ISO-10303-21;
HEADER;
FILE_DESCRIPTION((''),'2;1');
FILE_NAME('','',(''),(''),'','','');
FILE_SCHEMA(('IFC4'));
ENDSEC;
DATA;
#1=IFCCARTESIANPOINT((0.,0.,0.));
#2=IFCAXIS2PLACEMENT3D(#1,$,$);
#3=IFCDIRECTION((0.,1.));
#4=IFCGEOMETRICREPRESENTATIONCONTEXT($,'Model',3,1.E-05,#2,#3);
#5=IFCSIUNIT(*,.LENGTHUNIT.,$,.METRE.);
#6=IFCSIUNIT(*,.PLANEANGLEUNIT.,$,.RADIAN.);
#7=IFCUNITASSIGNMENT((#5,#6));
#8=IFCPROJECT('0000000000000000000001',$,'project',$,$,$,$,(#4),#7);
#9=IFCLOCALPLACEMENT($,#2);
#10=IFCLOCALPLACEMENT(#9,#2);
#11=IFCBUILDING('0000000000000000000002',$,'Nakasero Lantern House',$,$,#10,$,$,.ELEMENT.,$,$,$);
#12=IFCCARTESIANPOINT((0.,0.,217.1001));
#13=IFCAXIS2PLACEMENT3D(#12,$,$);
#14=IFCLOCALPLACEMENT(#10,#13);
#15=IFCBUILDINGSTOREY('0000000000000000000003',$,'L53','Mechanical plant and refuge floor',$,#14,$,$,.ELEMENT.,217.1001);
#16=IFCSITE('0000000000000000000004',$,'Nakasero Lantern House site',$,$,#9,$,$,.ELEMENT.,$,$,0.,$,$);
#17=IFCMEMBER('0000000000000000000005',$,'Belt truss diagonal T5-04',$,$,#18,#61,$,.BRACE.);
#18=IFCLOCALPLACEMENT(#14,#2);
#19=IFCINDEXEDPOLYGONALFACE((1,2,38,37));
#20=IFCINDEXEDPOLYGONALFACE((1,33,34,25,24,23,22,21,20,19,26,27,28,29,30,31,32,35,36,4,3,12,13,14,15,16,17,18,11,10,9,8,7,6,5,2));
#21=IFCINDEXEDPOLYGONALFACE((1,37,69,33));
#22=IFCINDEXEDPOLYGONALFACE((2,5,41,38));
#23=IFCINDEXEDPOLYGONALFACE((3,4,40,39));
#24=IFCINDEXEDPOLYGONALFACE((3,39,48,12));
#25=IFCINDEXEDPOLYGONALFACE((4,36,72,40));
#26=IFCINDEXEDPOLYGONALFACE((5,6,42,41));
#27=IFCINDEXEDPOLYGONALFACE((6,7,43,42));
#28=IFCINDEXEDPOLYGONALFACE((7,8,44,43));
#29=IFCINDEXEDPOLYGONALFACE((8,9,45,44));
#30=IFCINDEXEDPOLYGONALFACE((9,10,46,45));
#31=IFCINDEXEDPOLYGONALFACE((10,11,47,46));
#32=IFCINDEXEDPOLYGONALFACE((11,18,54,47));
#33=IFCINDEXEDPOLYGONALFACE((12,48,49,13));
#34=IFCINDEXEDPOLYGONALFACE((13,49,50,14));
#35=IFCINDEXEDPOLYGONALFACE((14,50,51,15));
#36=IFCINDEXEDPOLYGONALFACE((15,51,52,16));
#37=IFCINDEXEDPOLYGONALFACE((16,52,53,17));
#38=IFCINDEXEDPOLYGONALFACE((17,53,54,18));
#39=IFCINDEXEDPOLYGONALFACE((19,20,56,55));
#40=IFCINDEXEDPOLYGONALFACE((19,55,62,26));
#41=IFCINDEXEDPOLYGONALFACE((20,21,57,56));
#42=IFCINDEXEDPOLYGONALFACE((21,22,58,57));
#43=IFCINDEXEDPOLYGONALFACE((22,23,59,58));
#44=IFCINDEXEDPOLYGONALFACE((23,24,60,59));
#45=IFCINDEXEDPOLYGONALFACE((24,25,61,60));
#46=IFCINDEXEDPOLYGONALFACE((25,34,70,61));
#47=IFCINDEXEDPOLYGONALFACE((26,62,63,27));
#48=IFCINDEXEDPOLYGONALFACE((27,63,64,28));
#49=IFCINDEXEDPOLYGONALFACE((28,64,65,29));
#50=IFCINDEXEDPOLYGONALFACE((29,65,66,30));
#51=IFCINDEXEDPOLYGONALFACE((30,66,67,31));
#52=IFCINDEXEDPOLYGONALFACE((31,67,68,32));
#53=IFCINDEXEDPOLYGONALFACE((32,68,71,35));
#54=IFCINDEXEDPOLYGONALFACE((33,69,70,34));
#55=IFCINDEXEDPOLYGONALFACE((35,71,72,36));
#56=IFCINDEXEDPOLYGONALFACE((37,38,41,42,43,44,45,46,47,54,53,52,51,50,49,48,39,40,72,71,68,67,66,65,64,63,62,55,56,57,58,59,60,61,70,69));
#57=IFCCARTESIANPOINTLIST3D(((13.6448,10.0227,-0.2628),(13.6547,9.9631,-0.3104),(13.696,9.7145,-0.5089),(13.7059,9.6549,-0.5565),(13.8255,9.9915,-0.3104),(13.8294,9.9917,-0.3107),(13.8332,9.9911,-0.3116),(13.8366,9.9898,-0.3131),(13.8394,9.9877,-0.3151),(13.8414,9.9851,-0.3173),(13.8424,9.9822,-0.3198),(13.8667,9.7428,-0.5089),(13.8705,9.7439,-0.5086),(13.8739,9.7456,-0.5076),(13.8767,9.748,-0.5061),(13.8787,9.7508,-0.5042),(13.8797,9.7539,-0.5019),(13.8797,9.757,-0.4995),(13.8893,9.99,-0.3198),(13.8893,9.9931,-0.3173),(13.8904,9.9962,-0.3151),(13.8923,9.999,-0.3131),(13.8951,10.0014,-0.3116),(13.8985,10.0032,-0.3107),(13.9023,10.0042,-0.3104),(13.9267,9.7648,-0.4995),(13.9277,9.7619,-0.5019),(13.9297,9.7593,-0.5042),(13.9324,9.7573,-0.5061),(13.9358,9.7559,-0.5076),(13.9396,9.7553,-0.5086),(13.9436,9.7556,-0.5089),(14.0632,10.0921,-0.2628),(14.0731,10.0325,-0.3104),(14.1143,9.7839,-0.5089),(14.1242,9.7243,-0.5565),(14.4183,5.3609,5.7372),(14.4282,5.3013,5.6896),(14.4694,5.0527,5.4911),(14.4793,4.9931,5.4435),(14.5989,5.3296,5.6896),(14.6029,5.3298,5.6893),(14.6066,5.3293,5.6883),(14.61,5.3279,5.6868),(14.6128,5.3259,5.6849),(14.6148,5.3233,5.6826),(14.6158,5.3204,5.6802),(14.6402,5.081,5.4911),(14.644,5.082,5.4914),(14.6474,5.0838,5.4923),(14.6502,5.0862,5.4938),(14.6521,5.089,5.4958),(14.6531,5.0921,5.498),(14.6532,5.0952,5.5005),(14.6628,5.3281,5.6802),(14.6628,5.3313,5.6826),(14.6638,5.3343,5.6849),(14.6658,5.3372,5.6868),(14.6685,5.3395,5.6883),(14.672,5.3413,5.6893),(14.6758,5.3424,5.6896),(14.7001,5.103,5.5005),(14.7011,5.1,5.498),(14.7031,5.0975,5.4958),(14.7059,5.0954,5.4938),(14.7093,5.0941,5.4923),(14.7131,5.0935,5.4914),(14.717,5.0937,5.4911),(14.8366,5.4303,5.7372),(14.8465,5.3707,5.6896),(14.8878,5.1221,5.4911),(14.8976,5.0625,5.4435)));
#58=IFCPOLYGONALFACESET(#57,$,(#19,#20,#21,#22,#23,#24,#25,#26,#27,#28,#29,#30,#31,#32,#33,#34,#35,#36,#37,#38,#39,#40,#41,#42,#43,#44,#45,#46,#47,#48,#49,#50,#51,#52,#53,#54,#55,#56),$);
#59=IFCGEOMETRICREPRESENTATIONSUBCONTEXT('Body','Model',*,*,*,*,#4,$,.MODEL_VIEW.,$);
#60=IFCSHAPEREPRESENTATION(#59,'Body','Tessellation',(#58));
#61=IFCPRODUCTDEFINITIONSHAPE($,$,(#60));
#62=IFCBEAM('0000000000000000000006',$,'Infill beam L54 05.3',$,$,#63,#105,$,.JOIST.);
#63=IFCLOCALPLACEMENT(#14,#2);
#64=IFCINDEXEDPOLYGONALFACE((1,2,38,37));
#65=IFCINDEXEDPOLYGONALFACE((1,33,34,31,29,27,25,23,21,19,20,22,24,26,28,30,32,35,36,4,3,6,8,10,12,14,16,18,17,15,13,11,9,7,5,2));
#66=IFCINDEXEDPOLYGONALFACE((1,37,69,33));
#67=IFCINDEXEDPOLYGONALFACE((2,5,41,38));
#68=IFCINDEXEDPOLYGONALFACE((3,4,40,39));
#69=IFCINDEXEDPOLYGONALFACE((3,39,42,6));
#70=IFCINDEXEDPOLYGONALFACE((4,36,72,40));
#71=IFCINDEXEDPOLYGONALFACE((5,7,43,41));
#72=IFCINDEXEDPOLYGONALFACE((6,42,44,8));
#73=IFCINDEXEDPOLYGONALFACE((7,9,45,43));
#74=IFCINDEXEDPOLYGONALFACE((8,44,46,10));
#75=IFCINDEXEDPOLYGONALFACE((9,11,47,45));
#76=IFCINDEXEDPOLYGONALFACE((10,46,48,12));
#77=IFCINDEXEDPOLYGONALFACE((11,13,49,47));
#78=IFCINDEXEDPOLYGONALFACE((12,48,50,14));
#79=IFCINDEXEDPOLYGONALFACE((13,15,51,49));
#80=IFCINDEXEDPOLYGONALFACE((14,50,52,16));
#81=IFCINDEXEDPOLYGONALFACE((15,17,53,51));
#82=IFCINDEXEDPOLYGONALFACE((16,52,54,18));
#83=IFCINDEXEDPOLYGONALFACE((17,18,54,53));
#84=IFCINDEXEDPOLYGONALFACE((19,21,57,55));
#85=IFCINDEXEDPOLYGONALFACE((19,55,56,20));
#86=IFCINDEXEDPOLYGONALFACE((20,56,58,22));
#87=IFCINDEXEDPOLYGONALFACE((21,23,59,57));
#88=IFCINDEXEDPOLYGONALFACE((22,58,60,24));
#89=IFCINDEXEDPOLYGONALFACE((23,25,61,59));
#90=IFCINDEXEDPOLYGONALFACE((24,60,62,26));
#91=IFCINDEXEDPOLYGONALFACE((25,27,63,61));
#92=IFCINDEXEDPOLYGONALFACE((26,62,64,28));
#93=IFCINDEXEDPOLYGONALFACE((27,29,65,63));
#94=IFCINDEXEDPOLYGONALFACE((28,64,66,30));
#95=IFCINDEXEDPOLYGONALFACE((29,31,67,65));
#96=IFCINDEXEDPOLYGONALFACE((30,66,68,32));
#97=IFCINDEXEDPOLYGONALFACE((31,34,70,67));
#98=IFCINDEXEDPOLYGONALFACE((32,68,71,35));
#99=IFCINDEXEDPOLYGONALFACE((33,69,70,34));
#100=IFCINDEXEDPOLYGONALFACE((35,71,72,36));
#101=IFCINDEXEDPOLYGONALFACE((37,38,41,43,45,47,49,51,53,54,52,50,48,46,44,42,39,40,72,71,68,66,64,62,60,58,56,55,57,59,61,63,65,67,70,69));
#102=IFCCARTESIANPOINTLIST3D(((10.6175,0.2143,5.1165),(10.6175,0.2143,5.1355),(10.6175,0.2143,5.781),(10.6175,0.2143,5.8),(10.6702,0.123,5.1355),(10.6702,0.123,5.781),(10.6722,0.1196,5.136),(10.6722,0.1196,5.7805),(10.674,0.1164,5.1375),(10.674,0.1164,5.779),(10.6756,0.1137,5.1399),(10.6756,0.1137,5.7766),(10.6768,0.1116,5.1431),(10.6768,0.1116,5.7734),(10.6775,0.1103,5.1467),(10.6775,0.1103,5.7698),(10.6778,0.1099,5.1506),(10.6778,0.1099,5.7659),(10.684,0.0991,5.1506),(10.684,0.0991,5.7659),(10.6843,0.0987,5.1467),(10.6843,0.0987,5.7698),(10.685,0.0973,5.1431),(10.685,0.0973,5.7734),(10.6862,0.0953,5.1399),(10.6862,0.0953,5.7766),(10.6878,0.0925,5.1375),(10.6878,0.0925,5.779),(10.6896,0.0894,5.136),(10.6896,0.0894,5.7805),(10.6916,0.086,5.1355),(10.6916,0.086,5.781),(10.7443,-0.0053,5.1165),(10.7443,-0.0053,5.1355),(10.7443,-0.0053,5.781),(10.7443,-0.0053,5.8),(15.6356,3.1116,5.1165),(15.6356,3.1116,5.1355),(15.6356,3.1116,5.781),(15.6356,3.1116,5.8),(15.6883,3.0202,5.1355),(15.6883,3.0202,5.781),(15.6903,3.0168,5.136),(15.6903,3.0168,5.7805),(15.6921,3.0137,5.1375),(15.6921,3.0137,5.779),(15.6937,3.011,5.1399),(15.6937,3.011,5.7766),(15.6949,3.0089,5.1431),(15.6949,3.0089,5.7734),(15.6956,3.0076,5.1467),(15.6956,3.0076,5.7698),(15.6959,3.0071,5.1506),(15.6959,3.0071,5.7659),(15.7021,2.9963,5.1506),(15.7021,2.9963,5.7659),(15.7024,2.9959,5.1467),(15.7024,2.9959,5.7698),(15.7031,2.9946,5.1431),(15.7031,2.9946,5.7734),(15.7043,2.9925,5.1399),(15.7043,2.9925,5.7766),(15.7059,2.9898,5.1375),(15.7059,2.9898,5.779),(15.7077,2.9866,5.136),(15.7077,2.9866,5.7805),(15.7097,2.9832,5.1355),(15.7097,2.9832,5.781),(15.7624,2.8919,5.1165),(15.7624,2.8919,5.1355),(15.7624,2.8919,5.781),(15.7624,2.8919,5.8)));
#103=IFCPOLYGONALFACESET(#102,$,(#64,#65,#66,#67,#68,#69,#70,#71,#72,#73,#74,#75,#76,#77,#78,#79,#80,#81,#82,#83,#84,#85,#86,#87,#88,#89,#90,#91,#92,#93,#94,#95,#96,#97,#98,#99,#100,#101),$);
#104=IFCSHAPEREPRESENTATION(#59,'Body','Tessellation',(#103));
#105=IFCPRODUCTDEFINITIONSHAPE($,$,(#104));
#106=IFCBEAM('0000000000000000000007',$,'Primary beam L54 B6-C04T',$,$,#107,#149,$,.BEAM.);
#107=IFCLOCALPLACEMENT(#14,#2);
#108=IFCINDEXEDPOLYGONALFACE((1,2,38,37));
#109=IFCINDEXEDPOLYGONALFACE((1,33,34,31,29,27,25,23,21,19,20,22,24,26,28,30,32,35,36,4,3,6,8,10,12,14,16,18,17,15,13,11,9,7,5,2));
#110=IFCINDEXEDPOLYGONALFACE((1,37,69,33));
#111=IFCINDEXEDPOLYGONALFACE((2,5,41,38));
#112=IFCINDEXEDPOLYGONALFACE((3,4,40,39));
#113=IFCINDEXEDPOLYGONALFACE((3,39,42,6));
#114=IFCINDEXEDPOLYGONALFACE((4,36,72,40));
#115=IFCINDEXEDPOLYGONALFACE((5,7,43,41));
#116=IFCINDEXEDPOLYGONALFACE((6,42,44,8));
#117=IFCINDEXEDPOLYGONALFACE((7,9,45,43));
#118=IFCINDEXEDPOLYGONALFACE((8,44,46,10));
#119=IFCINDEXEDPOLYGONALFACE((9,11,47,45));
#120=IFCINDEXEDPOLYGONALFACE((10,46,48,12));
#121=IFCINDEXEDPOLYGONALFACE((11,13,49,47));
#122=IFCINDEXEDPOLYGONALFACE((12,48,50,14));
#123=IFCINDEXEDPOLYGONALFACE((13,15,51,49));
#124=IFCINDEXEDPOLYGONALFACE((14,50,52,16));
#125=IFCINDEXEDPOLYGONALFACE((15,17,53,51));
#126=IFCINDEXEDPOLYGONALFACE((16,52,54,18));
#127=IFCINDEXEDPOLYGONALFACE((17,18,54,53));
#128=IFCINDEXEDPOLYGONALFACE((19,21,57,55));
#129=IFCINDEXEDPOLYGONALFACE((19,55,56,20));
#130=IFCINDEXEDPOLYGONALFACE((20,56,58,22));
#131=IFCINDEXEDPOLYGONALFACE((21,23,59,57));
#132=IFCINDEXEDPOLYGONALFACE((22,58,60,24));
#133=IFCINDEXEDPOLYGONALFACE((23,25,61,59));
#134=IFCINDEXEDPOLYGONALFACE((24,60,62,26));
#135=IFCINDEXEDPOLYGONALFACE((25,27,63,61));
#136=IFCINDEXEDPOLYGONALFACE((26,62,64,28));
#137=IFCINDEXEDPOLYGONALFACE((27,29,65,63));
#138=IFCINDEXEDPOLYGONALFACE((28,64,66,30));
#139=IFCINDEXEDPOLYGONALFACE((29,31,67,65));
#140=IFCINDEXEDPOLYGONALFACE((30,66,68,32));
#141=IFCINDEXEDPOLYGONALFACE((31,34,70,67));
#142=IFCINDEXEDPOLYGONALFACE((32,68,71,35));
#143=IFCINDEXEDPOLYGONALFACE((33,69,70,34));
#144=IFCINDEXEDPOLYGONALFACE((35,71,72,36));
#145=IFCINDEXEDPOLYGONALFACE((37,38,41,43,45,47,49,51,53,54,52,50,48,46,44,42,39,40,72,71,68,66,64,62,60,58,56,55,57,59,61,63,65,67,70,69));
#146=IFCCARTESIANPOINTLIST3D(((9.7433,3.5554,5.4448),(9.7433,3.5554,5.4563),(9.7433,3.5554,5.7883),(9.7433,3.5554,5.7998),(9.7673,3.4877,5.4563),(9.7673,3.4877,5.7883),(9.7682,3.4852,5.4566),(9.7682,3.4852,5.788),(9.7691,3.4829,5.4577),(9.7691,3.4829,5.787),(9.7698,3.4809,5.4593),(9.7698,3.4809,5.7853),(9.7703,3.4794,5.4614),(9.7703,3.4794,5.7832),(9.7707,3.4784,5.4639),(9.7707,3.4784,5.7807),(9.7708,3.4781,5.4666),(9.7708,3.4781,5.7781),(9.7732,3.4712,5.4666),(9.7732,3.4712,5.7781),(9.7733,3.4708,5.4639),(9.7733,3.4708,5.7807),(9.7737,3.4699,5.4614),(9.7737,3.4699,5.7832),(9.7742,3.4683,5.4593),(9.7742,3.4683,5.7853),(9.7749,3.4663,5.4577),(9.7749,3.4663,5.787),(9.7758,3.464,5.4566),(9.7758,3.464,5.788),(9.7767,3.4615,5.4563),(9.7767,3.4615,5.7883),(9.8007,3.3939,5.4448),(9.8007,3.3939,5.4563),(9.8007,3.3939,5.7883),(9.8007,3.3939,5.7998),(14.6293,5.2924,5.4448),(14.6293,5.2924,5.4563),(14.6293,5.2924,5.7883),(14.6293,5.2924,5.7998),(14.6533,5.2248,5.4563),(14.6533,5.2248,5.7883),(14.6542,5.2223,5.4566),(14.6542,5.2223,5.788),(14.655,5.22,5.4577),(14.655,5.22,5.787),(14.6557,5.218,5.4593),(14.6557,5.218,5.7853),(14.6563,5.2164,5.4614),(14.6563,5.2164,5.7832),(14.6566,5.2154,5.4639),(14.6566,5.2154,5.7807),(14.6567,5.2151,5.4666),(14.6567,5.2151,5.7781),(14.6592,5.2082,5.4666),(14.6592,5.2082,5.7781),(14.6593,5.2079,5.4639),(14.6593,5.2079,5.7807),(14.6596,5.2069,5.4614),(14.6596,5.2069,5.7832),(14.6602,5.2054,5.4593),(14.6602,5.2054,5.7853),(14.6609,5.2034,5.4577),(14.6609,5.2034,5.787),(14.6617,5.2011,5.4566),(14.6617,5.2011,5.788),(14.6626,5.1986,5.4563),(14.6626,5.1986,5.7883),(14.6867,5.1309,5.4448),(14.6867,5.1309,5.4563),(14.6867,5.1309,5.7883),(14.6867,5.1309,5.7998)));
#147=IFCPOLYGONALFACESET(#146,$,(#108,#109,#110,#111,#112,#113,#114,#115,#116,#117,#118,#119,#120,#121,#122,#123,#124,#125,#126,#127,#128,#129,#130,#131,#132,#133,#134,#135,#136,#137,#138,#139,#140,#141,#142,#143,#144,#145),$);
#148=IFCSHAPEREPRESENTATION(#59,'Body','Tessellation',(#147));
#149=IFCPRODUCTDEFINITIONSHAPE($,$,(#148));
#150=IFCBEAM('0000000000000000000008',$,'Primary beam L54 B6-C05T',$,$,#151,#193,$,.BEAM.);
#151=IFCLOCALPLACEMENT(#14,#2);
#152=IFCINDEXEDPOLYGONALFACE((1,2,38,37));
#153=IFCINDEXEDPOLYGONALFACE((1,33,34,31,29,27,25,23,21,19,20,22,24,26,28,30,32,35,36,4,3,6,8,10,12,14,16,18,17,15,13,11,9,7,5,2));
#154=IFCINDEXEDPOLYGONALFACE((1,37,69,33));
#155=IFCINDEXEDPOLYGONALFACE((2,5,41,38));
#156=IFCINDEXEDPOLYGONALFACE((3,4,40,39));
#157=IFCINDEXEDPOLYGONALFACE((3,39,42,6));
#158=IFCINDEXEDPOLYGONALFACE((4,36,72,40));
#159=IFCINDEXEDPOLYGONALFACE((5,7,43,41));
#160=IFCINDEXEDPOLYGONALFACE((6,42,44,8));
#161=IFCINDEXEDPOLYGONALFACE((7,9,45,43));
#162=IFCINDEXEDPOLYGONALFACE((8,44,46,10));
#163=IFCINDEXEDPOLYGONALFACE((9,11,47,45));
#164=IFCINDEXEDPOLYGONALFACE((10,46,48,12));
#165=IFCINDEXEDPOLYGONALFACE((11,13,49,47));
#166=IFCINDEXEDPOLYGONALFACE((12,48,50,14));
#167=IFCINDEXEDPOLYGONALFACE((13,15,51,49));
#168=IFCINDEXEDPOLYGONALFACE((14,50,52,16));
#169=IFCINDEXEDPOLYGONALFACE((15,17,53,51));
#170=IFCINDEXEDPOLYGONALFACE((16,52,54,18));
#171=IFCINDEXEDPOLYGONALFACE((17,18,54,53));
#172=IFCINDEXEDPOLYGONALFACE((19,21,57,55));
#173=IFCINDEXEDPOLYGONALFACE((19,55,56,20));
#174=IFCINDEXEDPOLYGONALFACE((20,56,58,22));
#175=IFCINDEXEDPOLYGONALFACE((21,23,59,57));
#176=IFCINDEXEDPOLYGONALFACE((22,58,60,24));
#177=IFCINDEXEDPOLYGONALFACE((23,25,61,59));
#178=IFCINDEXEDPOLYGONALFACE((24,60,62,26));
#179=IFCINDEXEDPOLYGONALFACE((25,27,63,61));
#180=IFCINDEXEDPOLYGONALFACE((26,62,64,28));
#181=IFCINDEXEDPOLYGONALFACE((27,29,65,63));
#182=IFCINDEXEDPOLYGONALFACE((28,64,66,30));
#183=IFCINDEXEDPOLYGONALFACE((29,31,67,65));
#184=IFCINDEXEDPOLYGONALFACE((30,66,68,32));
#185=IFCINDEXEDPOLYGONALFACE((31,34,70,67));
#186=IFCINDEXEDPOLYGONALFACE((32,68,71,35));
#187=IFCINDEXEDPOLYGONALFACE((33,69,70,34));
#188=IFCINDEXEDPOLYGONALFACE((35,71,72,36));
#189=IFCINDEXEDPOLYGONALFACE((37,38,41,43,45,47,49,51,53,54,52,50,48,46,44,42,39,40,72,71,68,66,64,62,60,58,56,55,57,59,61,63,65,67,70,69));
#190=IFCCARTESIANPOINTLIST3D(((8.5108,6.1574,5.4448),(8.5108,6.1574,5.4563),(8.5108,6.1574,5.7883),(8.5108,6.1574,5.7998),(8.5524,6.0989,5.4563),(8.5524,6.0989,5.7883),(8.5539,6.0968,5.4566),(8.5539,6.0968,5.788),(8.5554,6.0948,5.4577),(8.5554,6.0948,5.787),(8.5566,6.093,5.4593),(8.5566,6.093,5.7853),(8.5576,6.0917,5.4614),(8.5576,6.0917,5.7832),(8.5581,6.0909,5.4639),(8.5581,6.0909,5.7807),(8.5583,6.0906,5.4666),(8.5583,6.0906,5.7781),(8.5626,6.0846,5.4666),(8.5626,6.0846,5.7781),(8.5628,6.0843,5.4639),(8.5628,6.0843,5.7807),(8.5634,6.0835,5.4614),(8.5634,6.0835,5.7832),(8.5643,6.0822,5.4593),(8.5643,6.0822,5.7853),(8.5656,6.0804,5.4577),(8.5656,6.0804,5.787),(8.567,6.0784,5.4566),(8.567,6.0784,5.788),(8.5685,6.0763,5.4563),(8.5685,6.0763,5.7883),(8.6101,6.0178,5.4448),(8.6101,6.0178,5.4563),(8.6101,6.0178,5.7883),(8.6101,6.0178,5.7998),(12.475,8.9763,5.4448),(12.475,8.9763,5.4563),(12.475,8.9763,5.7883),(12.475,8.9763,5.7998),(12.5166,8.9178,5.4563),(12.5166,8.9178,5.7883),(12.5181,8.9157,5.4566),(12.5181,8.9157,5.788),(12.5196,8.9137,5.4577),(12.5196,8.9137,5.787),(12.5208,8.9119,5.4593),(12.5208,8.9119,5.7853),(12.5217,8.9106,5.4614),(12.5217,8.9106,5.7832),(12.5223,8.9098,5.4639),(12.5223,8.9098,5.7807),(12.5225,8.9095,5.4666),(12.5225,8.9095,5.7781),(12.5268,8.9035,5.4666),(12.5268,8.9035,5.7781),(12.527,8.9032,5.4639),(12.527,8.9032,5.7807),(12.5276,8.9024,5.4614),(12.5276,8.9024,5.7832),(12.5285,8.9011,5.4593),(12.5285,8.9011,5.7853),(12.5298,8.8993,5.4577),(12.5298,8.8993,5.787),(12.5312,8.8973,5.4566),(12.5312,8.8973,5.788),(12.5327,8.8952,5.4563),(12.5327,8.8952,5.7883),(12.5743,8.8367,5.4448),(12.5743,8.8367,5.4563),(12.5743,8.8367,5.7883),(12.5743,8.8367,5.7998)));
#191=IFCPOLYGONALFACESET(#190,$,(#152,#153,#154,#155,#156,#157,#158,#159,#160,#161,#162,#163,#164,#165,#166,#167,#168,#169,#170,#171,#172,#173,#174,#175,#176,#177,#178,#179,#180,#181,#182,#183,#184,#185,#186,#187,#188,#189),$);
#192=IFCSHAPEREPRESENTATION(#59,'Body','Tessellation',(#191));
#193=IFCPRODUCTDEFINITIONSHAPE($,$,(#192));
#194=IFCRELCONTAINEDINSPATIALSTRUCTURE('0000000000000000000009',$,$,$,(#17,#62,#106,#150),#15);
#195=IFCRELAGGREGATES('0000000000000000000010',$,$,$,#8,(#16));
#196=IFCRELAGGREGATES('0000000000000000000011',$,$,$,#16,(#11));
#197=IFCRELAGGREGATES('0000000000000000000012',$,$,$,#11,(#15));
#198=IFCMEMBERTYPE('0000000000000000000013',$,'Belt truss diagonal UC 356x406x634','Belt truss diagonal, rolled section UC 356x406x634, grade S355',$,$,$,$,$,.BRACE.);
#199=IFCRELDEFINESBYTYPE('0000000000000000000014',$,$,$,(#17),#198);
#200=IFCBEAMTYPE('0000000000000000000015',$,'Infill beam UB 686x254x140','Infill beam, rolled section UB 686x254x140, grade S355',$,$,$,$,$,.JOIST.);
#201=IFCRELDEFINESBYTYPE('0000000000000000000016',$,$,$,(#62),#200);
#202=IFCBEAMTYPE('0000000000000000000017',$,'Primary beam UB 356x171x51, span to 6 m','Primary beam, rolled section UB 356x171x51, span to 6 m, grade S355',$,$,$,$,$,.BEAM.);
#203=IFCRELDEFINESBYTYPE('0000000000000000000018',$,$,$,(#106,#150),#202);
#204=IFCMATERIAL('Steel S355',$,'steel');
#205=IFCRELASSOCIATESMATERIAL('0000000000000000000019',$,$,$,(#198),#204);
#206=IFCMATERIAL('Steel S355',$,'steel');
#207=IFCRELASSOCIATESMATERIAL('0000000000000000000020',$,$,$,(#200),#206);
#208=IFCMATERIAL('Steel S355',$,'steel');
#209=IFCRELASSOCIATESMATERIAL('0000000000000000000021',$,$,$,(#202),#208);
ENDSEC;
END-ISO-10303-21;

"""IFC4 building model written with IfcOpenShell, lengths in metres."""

from ifc_helpers import new_model, si_unit, direction, frame, origin, origin_2d, place, context, subcontext, project, spatial, i_section, extrude, material, material_profile, profile_set, type_object, element, save


model = new_model("IFC4")

# Units and contexts
model_context = context("Model", 3, precision=1e-05, world=origin(), true_north=direction((0.0, 1.0)))
body_context = subcontext(model_context, "Body", "Model", "MODEL_VIEW")
ifc_project = project(units=[si_unit("LENGTHUNIT", "METRE"), si_unit("PLANEANGLEUNIT", "RADIAN")], contexts=[model_context])

# Site, building, storey
site_placement = place(None, origin())
site = spatial("IfcSite", under=ifc_project, at=site_placement, Name="Nakasero Lantern House site", CompositionType="ELEMENT", RefElevation=0.0)
building_placement = place(site_placement, origin())
building = spatial("IfcBuilding", under=site, at=building_placement, Name="Nakasero Lantern House", CompositionType="ELEMENT")
storey_placement = place(building_placement, frame((0.0, 0.0, 217.1001)))
storey = spatial("IfcBuildingStorey", under=building, at=storey_placement, Name="L53", Description="Mechanical plant and refuge floor", CompositionType="ELEMENT", Elevation=217.1001)

# Member
ifc_material_1 = material(Name="Steel S355", Category="steel")
ifc_material_profile_1 = material_profile(ifc_material_1, i_section(OverallWidth=0.4241, OverallDepth=0.4746, WebThickness=0.0476, FlangeThickness=0.0769, FilletRadius=0.0151, at=origin_2d()), Name="UC 356x406x634")
ifc_profile_set_1 = profile_set([ifc_material_profile_1], Name="Steel S355")
member_type_1 = type_object("IfcMemberType", Name="Belt truss diagonal UC 356x406x634", Description="Belt truss diagonal, rolled section UC 356x406x634, grade S355", PredefinedType="BRACE", material=ifc_profile_set_1)
member_1_placement = place(storey_placement, frame((14.658, 5.2117, 5.5903), z_axis=(-0.101269, 0.610393, -0.785599), x_axis=(-0.986515, -0.16367, 0.0)))
element("IfcMember", 1, at=member_1_placement, inside=storey, type_object=member_type_1, Name="Belt truss diagonal T5-04", PredefinedType="BRACE", context=body_context, shape_type="SweptSolid", body=[
    extrude(i_section(OverallWidth=0.4241, OverallDepth=0.4746, WebThickness=0.0476, FlangeThickness=0.0769, FilletRadius=0.0151, at=origin_2d()), origin(), (0.0, 0.0, 1.0), 7.6375),
])

# Beams
ifc_material_2 = material(Name="Steel S355", Category="steel")
ifc_material_profile_2 = material_profile(ifc_material_2, i_section(OverallWidth=0.2537, OverallDepth=0.6836, WebThickness=0.0125, FlangeThickness=0.019, FilletRadius=0.0151, at=origin_2d()), Name="UB 686x254x140")
ifc_profile_set_2 = profile_set([ifc_material_profile_2], Name="Steel S355")
beam_type_1 = type_object("IfcBeamType", Name="Infill beam UB 686x254x140", Description="Infill beam, rolled section UB 686x254x140, grade S355", PredefinedType="JOIST", material=ifc_profile_set_2)
beam_1_placement = place(storey_placement, frame((10.6809, 0.1045, 5.4583), z_axis=(0.866023, 0.500005, 0.0), x_axis=(-0.500005, 0.866023, 0.0)))
element("IfcBeam", 2, at=beam_1_placement, inside=storey, type_object=beam_type_1, Name="Infill beam L54 05.3", PredefinedType="JOIST", context=body_context, shape_type="SweptSolid", body=[
    extrude(i_section(OverallWidth=0.2537, OverallDepth=0.6836, WebThickness=0.0125, FlangeThickness=0.019, FilletRadius=0.0151, at=origin_2d()), origin(), (0.0, 0.0, 1.0), 5.7944),
])
ifc_material_3 = material(Name="Steel S355", Category="steel")
ifc_material_profile_3 = material_profile(ifc_material_3, i_section(OverallWidth=0.1714, OverallDepth=0.355, WebThickness=0.0073, FlangeThickness=0.0115, FilletRadius=0.0103, at=origin_2d()), Name="UB 356x171x51")
ifc_profile_set_3 = profile_set([ifc_material_profile_3], Name="Steel S355")
beam_type_2 = type_object("IfcBeamType", Name="Primary beam UB 356x171x51, span to 6 m", Description="Primary beam, rolled section UB 356x171x51, span to 6 m, grade S355", PredefinedType="BEAM", material=ifc_profile_set_3)
beam_2_placement = place(storey_placement, frame((14.658, 5.2117, 5.6223), z_axis=(-0.942226, -0.334979, 0.0), x_axis=(0.334979, -0.942226, 0.0)))
element("IfcBeam", 3, at=beam_2_placement, inside=storey, type_object=beam_type_2, Name="Primary beam L54 B6-C04T", PredefinedType="BEAM", context=body_context, shape_type="SweptSolid", body=[
    extrude(i_section(OverallWidth=0.1714, OverallDepth=0.355, WebThickness=0.0073, FlangeThickness=0.0115, FilletRadius=0.0103, at=origin_2d()), origin(), (0.0, 0.0, 1.0), 5.1855),
])
beam_3_placement = place(storey_placement, frame((12.5247, 8.9065, 5.6223), z_axis=(-0.814963, -0.579513, 0.0), x_axis=(0.579513, -0.814963, 0.0)))
element("IfcBeam", 4, at=beam_3_placement, inside=storey, type_object=beam_type_2, Name="Primary beam L54 B6-C05T", PredefinedType="BEAM", context=body_context, shape_type="SweptSolid", body=[
    extrude(i_section(OverallWidth=0.1714, OverallDepth=0.355, WebThickness=0.0073, FlangeThickness=0.0115, FilletRadius=0.0103, at=origin_2d()), origin(), (0.0, 0.0, 1.0), 4.8643),
])

save(model, "model.ifc")
